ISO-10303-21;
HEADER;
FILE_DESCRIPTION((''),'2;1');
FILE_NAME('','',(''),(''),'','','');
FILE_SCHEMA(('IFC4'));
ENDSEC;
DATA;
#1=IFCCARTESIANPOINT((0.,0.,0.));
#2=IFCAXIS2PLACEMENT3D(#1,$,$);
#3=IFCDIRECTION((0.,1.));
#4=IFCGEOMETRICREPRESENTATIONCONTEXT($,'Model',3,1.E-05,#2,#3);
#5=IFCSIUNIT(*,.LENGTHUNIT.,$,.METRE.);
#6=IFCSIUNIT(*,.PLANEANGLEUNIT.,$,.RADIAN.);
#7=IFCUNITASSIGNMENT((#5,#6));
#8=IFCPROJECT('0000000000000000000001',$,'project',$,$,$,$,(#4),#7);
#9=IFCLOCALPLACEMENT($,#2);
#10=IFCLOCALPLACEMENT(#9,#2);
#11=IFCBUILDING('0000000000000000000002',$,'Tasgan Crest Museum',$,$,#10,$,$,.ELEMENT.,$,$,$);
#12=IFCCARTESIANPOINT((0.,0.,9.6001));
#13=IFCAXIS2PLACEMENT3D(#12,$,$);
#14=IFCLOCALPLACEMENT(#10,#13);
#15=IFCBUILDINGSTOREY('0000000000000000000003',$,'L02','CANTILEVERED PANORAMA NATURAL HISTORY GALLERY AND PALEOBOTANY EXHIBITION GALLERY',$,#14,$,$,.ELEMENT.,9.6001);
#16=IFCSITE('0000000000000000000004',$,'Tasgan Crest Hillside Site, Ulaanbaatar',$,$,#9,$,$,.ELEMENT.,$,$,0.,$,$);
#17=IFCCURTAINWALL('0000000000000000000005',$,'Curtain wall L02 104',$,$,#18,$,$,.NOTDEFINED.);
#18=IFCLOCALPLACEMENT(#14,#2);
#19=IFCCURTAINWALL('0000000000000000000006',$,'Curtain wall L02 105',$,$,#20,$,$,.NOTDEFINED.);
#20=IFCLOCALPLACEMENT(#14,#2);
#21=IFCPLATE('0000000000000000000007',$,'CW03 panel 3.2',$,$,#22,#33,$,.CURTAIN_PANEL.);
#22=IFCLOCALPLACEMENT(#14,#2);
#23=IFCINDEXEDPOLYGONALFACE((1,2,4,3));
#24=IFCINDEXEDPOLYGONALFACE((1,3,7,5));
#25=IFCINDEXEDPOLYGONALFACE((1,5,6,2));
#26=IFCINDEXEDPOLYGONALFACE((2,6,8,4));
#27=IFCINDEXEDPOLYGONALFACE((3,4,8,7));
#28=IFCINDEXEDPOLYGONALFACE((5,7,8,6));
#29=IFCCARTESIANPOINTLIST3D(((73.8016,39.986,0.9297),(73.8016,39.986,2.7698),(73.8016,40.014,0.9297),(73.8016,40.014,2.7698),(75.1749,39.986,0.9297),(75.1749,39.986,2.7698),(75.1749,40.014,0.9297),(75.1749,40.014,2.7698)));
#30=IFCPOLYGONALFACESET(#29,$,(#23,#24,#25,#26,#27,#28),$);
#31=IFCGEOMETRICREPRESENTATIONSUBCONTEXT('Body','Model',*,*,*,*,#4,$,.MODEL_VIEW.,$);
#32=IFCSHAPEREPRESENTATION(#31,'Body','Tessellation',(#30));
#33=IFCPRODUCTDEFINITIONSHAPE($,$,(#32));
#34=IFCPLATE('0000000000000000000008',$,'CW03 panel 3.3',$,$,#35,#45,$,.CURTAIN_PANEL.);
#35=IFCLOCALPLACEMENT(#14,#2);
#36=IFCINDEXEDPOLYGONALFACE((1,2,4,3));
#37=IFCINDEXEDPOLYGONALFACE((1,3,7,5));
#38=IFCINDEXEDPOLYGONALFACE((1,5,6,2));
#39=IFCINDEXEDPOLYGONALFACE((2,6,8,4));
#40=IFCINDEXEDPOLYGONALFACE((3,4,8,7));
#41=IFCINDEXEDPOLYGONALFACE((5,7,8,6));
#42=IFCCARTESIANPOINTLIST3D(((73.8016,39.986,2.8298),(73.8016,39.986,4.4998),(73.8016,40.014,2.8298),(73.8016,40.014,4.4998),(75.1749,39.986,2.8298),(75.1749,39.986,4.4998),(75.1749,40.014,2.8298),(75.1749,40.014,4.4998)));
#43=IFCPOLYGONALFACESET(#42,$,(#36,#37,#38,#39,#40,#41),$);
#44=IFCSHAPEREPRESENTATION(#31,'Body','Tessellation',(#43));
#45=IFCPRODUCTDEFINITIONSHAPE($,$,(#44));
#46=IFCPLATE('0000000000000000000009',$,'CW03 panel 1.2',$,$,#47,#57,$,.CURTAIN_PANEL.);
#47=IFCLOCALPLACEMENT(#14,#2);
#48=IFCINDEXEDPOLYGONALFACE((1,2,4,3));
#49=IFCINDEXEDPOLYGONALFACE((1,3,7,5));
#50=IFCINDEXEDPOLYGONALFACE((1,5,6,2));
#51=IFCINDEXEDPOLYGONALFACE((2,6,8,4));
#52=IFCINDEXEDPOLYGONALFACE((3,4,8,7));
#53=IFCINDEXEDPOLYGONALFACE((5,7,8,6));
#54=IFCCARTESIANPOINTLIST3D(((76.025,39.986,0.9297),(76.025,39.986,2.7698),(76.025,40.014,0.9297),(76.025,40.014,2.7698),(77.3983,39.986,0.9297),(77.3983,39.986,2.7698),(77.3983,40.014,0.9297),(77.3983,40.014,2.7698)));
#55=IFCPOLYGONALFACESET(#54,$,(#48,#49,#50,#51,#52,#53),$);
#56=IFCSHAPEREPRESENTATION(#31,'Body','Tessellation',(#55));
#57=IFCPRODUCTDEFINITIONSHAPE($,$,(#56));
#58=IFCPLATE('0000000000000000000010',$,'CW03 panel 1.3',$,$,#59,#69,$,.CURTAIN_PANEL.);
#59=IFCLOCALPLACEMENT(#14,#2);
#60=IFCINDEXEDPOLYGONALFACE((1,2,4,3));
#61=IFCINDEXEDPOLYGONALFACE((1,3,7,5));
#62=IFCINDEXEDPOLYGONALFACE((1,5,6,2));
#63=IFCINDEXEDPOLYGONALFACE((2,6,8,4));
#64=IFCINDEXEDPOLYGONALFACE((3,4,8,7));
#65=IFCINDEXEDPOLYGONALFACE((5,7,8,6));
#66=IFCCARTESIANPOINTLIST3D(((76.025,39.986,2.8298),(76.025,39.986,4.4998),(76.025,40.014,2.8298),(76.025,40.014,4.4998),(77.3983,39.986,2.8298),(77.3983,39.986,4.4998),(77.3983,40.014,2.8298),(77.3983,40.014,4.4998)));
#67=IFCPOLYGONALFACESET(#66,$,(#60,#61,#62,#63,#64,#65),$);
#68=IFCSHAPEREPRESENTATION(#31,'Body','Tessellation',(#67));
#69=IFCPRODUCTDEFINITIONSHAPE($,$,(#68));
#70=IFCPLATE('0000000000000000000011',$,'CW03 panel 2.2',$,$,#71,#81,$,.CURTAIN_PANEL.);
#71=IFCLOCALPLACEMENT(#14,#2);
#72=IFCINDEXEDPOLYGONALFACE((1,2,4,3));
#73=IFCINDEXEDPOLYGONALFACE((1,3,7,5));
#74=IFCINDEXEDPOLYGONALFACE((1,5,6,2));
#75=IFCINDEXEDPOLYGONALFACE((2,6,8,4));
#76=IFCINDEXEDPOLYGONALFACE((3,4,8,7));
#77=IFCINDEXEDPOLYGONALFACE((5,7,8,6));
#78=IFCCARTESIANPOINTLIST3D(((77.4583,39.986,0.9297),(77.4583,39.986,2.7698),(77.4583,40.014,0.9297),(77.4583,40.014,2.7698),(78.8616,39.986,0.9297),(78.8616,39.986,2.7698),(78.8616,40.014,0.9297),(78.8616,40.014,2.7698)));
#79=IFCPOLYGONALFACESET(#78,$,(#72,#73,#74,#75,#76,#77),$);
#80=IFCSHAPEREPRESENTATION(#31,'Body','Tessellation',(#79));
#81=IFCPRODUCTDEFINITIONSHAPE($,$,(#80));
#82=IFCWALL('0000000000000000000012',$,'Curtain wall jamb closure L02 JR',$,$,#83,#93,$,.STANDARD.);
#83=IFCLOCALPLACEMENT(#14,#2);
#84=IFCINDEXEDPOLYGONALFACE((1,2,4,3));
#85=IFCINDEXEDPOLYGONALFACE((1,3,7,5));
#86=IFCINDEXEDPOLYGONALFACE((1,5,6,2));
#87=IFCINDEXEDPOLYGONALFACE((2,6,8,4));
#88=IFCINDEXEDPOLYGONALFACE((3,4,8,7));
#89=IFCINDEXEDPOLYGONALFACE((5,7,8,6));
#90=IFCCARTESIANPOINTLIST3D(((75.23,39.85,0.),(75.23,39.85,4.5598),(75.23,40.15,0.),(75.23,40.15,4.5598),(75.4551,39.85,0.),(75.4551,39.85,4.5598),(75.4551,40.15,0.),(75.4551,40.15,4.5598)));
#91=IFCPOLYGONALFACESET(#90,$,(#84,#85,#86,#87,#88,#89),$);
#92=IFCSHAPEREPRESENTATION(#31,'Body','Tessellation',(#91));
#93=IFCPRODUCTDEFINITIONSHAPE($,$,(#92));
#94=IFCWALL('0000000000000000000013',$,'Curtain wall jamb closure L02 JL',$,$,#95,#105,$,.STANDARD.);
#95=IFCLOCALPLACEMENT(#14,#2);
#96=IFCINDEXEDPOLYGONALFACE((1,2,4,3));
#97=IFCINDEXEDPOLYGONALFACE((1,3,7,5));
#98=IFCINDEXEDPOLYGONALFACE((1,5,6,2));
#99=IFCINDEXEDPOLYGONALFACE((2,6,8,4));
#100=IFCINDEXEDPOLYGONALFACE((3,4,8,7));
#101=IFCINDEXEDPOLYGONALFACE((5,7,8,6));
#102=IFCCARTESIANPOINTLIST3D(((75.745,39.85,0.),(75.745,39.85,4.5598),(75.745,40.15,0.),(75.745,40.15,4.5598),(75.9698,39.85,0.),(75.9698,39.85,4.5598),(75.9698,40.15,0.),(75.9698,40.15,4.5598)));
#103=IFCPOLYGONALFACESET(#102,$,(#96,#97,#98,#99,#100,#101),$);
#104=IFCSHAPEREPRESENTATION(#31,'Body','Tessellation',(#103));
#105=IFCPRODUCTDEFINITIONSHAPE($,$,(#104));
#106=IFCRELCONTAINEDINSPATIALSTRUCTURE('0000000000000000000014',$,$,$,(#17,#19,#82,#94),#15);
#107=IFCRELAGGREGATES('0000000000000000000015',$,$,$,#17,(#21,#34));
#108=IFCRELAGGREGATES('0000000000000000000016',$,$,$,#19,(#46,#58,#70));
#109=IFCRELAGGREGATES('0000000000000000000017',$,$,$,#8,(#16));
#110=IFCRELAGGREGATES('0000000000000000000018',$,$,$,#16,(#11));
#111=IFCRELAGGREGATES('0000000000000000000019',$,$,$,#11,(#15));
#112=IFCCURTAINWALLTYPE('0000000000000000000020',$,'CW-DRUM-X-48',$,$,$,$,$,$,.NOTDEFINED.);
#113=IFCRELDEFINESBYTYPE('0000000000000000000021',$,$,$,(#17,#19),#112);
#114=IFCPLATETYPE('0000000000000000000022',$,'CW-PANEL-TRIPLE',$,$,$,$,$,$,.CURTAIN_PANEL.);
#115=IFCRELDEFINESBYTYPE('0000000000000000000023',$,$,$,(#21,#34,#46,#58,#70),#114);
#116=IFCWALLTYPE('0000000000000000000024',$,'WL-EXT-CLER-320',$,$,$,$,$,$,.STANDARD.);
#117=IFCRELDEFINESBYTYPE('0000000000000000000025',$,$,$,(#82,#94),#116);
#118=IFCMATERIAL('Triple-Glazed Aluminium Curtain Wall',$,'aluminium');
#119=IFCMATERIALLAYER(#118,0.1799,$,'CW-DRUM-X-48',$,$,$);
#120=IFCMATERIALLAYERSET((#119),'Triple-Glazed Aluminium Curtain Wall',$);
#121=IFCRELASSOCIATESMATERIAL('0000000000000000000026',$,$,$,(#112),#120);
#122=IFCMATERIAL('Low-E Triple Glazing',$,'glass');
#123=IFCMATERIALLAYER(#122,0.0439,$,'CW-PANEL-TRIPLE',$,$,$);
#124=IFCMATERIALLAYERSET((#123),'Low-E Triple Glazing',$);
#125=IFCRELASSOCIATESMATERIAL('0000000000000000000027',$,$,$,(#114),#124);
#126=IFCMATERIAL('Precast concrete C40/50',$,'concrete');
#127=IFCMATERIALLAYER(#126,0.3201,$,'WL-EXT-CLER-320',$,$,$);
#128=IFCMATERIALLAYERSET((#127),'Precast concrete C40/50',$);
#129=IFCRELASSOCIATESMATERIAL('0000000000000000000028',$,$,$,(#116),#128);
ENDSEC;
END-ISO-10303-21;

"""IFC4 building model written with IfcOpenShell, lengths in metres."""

from ifc_helpers import new_model, si_unit, direction, frame, frame_2d, origin, origin_2d, place, context, subcontext, project, spatial, rectangle, extrude, material, layer, layer_set, type_object, element, aggregate, save


model = new_model("IFC4")

# Units and contexts
model_context = context("Model", 3, precision=1e-05, world=origin(), true_north=direction((0.0, 1.0)))
body_context = subcontext(model_context, "Body", "Model", "MODEL_VIEW")
ifc_project = project(units=[si_unit("LENGTHUNIT", "METRE"), si_unit("PLANEANGLEUNIT", "RADIAN")], contexts=[model_context])

# Site, building, storey
site_placement = place(None, origin())
site = spatial("IfcSite", under=ifc_project, at=site_placement, Name="Tasgan Crest Hillside Site, Ulaanbaatar", CompositionType="ELEMENT", RefElevation=0.0)
building_placement = place(site_placement, origin())
building = spatial("IfcBuilding", under=site, at=building_placement, Name="Tasgan Crest Museum", CompositionType="ELEMENT")
storey_placement = place(building_placement, frame((0.0, 0.0, 9.6001)))
storey = spatial("IfcBuildingStorey", under=building, at=storey_placement, Name="L02", Description="CANTILEVERED PANORAMA NATURAL HISTORY GALLERY AND PALEOBOTANY EXHIBITION GALLERY", CompositionType="ELEMENT", Elevation=9.6001)

# Curtain walls
ifc_material_1 = material(Name="Triple-Glazed Aluminium Curtain Wall", Category="aluminium")
ifc_layer_1 = layer(ifc_material_1, 0.1799, Name="CW-DRUM-X-48")
ifc_layer_set_1 = layer_set([ifc_layer_1], Name="Triple-Glazed Aluminium Curtain Wall")
curtain_wall_type = type_object("IfcCurtainWallType", Name="CW-DRUM-X-48", PredefinedType="NOTDEFINED", material=ifc_layer_set_1)
curtain_wall_1_placement = place(storey_placement, origin())
curtain_wall_1 = element("IfcCurtainWall", 1, at=curtain_wall_1_placement, inside=storey, type_object=curtain_wall_type, Name="Curtain wall L02 104", PredefinedType="NOTDEFINED")
curtain_wall_2_placement = place(storey_placement, origin())
curtain_wall_2 = element("IfcCurtainWall", 2, at=curtain_wall_2_placement, inside=storey, type_object=curtain_wall_type, Name="Curtain wall L02 105", PredefinedType="NOTDEFINED")

# Plates
ifc_material_2 = material(Name="Low-E Triple Glazing", Category="glass")
ifc_layer_2 = layer(ifc_material_2, 0.0439, Name="CW-PANEL-TRIPLE")
ifc_layer_set_2 = layer_set([ifc_layer_2], Name="Low-E Triple Glazing")
plate_type_1 = type_object("IfcPlateType", Name="CW-PANEL-TRIPLE", PredefinedType="CURTAIN_PANEL", material=ifc_layer_set_2)
plate_1_placement = place(storey_placement, frame((74.4883, 40.0, 0.9297), z_axis=(0.0, 0.0, 1.0), x_axis=(1.0, 0.0, 0.0)))
plate_1 = element("IfcPlate", 3, at=plate_1_placement, type_object=plate_type_1, Name="CW03 panel 3.2", PredefinedType="CURTAIN_PANEL", context=body_context, shape_type="SweptSolid", body=[
    extrude(rectangle(XDim=1.3733, YDim=0.0281, at=origin_2d()), origin(), (0.0, 0.0, 1.0), 1.8401),
])
plate_2_placement = place(storey_placement, frame((74.4883, 40.0, 2.8298), z_axis=(0.0, 0.0, 1.0), x_axis=(1.0, 0.0, 0.0)))
plate_2 = element("IfcPlate", 4, at=plate_2_placement, type_object=plate_type_1, Name="CW03 panel 3.3", PredefinedType="CURTAIN_PANEL", context=body_context, shape_type="SweptSolid", body=[
    extrude(rectangle(XDim=1.3733, YDim=0.0281, at=origin_2d()), origin(), (0.0, 0.0, 1.0), 1.6699),
])
aggregate(curtain_wall_1, [plate_1, plate_2])
plate_3_placement = place(storey_placement, frame((76.7117, 40.0, 0.9297), z_axis=(0.0, 0.0, 1.0), x_axis=(1.0, 0.0, 0.0)))
plate_3 = element("IfcPlate", 5, at=plate_3_placement, type_object=plate_type_1, Name="CW03 panel 1.2", PredefinedType="CURTAIN_PANEL", context=body_context, shape_type="SweptSolid", body=[
    extrude(rectangle(XDim=1.3733, YDim=0.0281, at=origin_2d()), origin(), (0.0, 0.0, 1.0), 1.8401),
])
plate_4_placement = place(storey_placement, frame((76.7117, 40.0, 2.8298), z_axis=(0.0, 0.0, 1.0), x_axis=(1.0, 0.0, 0.0)))
plate_4 = element("IfcPlate", 6, at=plate_4_placement, type_object=plate_type_1, Name="CW03 panel 1.3", PredefinedType="CURTAIN_PANEL", context=body_context, shape_type="SweptSolid", body=[
    extrude(rectangle(XDim=1.3733, YDim=0.0281, at=origin_2d()), origin(), (0.0, 0.0, 1.0), 1.6699),
])
plate_5_placement = place(storey_placement, frame((78.1599, 40.0, 0.9297), z_axis=(0.0, 0.0, 1.0), x_axis=(1.0, 0.0, 0.0)))
plate_5 = element("IfcPlate", 7, at=plate_5_placement, type_object=plate_type_1, Name="CW03 panel 2.2", PredefinedType="CURTAIN_PANEL", context=body_context, shape_type="SweptSolid", body=[
    extrude(rectangle(XDim=1.4033, YDim=0.0281, at=origin_2d()), origin(), (0.0, 0.0, 1.0), 1.8401),
])
aggregate(curtain_wall_2, [plate_3, plate_4, plate_5])

# Walls
ifc_material_3 = material(Name="Precast concrete C40/50", Category="concrete")
ifc_layer_3 = layer(ifc_material_3, 0.3201, Name="WL-EXT-CLER-320")
ifc_layer_set_3 = layer_set([ifc_layer_3], Name="Precast concrete C40/50")
wall_type = type_object("IfcWallType", Name="WL-EXT-CLER-320", PredefinedType="STANDARD", material=ifc_layer_set_3)
wall_1_placement = place(storey_placement, frame((75.23, 40.0, 0.0), z_axis=(0.0, 0.0, 1.0), x_axis=(1.0, 0.0, 0.0)))
element("IfcWall", 8, at=wall_1_placement, inside=storey, type_object=wall_type, Name="Curtain wall jamb closure L02 JR", PredefinedType="STANDARD", context=body_context, shape_type="SweptSolid", body=[
    extrude(rectangle(XDim=0.2251, YDim=0.3, at=frame_2d((0.1125, 0.0))), origin(), (0.0, 0.0, 1.0), 4.5598),
])
wall_2_placement = place(storey_placement, frame((75.7451, 40.0, 0.0), z_axis=(0.0, 0.0, 1.0), x_axis=(1.0, 0.0, 0.0)))
element("IfcWall", 9, at=wall_2_placement, inside=storey, type_object=wall_type, Name="Curtain wall jamb closure L02 JL", PredefinedType="STANDARD", context=body_context, shape_type="SweptSolid", body=[
    extrude(rectangle(XDim=0.2249, YDim=0.3, at=frame_2d((0.1123, 0.0))), origin(), (0.0, 0.0, 1.0), 4.5598),
])

save(model, "model.ifc")
